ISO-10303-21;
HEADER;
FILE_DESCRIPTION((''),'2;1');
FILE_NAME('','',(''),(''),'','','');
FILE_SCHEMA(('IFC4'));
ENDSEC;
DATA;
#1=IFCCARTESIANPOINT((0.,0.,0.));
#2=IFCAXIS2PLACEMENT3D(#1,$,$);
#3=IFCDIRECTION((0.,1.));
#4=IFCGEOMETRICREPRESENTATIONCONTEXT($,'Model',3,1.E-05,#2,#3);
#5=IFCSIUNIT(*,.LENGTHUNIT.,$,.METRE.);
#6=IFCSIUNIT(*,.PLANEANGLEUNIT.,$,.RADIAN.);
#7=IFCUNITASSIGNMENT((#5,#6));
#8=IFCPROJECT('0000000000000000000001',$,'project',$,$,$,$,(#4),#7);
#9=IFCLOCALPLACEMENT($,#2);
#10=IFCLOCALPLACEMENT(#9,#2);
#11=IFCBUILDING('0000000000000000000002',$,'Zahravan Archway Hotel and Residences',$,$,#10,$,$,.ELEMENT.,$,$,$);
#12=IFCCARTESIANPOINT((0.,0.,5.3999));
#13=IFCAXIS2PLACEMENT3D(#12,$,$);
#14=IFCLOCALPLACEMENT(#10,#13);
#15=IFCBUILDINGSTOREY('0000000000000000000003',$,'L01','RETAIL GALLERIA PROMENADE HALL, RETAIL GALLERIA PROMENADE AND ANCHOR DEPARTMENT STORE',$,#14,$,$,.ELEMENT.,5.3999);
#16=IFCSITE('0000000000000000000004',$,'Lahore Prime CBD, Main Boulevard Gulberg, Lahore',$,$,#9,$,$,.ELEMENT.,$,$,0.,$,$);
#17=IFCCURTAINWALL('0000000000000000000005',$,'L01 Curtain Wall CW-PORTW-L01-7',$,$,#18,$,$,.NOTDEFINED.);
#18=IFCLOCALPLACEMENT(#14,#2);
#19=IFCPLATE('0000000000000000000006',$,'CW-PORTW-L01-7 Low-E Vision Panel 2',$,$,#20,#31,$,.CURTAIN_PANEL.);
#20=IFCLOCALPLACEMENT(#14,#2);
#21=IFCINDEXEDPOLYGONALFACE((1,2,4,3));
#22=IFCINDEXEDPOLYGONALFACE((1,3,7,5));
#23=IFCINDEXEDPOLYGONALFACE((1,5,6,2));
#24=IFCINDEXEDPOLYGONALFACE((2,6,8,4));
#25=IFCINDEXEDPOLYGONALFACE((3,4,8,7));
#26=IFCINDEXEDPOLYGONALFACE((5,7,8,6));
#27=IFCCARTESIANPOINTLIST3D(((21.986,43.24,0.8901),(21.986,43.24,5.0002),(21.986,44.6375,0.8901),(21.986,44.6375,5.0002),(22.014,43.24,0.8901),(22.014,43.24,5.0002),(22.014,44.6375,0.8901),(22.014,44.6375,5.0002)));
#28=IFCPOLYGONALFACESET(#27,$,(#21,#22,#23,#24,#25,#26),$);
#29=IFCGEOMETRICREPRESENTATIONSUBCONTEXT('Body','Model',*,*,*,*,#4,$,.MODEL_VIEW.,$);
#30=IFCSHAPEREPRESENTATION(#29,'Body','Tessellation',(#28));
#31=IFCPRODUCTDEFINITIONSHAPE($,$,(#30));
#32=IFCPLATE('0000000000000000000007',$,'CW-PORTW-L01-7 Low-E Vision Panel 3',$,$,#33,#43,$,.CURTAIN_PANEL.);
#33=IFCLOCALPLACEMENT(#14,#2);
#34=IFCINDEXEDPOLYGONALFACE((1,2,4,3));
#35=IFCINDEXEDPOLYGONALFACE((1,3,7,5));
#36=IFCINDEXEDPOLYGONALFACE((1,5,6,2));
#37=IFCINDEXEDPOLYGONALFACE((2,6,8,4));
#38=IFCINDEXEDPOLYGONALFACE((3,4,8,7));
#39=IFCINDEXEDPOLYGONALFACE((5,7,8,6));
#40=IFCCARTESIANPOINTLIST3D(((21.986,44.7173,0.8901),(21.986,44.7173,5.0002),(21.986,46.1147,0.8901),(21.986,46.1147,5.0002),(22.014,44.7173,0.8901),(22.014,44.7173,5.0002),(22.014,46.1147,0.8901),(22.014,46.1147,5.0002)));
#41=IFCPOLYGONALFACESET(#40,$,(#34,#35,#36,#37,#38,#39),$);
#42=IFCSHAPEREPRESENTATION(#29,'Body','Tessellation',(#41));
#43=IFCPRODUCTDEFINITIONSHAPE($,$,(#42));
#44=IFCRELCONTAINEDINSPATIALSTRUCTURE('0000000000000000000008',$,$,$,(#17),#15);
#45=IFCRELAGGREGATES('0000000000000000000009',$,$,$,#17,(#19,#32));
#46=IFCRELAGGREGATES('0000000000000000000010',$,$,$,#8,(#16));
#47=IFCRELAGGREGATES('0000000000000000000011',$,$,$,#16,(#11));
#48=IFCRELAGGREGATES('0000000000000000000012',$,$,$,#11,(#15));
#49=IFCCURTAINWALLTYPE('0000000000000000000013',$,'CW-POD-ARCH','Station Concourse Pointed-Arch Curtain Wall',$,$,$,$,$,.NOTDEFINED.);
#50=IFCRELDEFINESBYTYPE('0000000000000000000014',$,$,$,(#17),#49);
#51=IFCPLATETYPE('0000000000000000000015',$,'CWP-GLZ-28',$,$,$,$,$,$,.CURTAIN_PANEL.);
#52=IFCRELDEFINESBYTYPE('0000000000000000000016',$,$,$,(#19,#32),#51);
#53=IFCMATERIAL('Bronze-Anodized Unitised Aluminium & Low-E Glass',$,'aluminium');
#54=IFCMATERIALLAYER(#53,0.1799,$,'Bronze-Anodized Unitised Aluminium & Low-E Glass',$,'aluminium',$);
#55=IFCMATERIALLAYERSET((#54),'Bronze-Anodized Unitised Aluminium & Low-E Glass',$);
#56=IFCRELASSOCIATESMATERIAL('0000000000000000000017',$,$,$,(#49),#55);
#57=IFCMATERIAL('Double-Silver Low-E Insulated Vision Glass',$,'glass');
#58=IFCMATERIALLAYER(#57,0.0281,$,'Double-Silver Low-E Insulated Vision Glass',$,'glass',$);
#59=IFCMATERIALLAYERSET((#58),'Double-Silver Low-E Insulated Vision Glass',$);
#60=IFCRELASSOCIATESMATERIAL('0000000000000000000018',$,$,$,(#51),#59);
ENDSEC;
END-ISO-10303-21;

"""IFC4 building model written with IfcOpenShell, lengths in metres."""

from ifc_helpers import new_model, si_unit, direction, frame, origin, origin_2d, place, context, subcontext, project, spatial, rectangle, extrude, source, transform, mapped, material, layer, layer_set, type_object, element, aggregate, save


model = new_model("IFC4")

# Units and contexts
model_context = context("Model", 3, precision=1e-05, world=origin(), true_north=direction((0.0, 1.0)))
body_context = subcontext(model_context, "Body", "Model", "MODEL_VIEW")
ifc_project = project(units=[si_unit("LENGTHUNIT", "METRE"), si_unit("PLANEANGLEUNIT", "RADIAN")], contexts=[model_context])

# Site, building, storey
site_placement = place(None, origin())
site = spatial("IfcSite", under=ifc_project, at=site_placement, Name="Lahore Prime CBD, Main Boulevard Gulberg, Lahore", CompositionType="ELEMENT", RefElevation=0.0)
building_placement = place(site_placement, origin())
building = spatial("IfcBuilding", under=site, at=building_placement, Name="Zahravan Archway Hotel and Residences", CompositionType="ELEMENT")
storey_placement = place(building_placement, frame((0.0, 0.0, 5.3999)))
storey = spatial("IfcBuildingStorey", under=building, at=storey_placement, Name="L01", Description="RETAIL GALLERIA PROMENADE HALL, RETAIL GALLERIA PROMENADE AND ANCHOR DEPARTMENT STORE", CompositionType="ELEMENT", Elevation=5.3999)

# Curtain wall, plates
ifc_material_1 = material(Name="Bronze-Anodized Unitised Aluminium & Low-E Glass", Category="aluminium")
ifc_layer_1 = layer(ifc_material_1, 0.1799, Name="Bronze-Anodized Unitised Aluminium & Low-E Glass", Category="aluminium")
ifc_layer_set_1 = layer_set([ifc_layer_1], Name="Bronze-Anodized Unitised Aluminium & Low-E Glass")
curtain_wall_type = type_object("IfcCurtainWallType", Name="CW-POD-ARCH", Description="Station Concourse Pointed-Arch Curtain Wall", PredefinedType="NOTDEFINED", material=ifc_layer_set_1)
curtain_wall_placement = place(storey_placement, origin())
curtain_wall = element("IfcCurtainWall", 1, at=curtain_wall_placement, inside=storey, type_object=curtain_wall_type, Name="L01 Curtain Wall CW-PORTW-L01-7", PredefinedType="NOTDEFINED")
ifc_material_2 = material(Name="Double-Silver Low-E Insulated Vision Glass", Category="glass")
ifc_layer_2 = layer(ifc_material_2, 0.0281, Name="Double-Silver Low-E Insulated Vision Glass", Category="glass")
ifc_layer_set_2 = layer_set([ifc_layer_2], Name="Double-Silver Low-E Insulated Vision Glass")
plate_type_1 = type_object("IfcPlateType", Name="CWP-GLZ-28", PredefinedType="CURTAIN_PANEL", material=ifc_layer_set_2)
shared_shape_1 = source(origin(), body_context, "Body", "SweptSolid", [
    extrude(rectangle(XDim=1.3975, YDim=0.0281, at=origin_2d()), origin(), (0.0, 0.0, 1.0), 4.1101),
])
plate_1_placement = place(storey_placement, frame((22.0, 43.9387, 0.8901), z_axis=(0.0, 0.0, 1.0), x_axis=(0.0, 1.0, 0.0)))
plate_1 = element("IfcPlate", 2, at=plate_1_placement, type_object=plate_type_1, Name="CW-PORTW-L01-7 Low-E Vision Panel 2", PredefinedType="CURTAIN_PANEL", context=body_context, shape_type="MappedRepresentation", body=[
    mapped(shared_shape_1, transform((0.0, 0.0, 0.0), scale=1.0)),
])
plate_2_placement = place(storey_placement, frame((22.0, 45.416, 0.8901), z_axis=(0.0, 0.0, 1.0), x_axis=(0.0, 1.0, 0.0)))
plate_2 = element("IfcPlate", 3, at=plate_2_placement, type_object=plate_type_1, Name="CW-PORTW-L01-7 Low-E Vision Panel 3", PredefinedType="CURTAIN_PANEL", context=body_context, shape_type="MappedRepresentation", body=[
    mapped(shared_shape_1, transform((0.0, 0.0, 0.0), scale=1.0)),
])
aggregate(curtain_wall, [plate_1, plate_2])

save(model, "model.ifc")
